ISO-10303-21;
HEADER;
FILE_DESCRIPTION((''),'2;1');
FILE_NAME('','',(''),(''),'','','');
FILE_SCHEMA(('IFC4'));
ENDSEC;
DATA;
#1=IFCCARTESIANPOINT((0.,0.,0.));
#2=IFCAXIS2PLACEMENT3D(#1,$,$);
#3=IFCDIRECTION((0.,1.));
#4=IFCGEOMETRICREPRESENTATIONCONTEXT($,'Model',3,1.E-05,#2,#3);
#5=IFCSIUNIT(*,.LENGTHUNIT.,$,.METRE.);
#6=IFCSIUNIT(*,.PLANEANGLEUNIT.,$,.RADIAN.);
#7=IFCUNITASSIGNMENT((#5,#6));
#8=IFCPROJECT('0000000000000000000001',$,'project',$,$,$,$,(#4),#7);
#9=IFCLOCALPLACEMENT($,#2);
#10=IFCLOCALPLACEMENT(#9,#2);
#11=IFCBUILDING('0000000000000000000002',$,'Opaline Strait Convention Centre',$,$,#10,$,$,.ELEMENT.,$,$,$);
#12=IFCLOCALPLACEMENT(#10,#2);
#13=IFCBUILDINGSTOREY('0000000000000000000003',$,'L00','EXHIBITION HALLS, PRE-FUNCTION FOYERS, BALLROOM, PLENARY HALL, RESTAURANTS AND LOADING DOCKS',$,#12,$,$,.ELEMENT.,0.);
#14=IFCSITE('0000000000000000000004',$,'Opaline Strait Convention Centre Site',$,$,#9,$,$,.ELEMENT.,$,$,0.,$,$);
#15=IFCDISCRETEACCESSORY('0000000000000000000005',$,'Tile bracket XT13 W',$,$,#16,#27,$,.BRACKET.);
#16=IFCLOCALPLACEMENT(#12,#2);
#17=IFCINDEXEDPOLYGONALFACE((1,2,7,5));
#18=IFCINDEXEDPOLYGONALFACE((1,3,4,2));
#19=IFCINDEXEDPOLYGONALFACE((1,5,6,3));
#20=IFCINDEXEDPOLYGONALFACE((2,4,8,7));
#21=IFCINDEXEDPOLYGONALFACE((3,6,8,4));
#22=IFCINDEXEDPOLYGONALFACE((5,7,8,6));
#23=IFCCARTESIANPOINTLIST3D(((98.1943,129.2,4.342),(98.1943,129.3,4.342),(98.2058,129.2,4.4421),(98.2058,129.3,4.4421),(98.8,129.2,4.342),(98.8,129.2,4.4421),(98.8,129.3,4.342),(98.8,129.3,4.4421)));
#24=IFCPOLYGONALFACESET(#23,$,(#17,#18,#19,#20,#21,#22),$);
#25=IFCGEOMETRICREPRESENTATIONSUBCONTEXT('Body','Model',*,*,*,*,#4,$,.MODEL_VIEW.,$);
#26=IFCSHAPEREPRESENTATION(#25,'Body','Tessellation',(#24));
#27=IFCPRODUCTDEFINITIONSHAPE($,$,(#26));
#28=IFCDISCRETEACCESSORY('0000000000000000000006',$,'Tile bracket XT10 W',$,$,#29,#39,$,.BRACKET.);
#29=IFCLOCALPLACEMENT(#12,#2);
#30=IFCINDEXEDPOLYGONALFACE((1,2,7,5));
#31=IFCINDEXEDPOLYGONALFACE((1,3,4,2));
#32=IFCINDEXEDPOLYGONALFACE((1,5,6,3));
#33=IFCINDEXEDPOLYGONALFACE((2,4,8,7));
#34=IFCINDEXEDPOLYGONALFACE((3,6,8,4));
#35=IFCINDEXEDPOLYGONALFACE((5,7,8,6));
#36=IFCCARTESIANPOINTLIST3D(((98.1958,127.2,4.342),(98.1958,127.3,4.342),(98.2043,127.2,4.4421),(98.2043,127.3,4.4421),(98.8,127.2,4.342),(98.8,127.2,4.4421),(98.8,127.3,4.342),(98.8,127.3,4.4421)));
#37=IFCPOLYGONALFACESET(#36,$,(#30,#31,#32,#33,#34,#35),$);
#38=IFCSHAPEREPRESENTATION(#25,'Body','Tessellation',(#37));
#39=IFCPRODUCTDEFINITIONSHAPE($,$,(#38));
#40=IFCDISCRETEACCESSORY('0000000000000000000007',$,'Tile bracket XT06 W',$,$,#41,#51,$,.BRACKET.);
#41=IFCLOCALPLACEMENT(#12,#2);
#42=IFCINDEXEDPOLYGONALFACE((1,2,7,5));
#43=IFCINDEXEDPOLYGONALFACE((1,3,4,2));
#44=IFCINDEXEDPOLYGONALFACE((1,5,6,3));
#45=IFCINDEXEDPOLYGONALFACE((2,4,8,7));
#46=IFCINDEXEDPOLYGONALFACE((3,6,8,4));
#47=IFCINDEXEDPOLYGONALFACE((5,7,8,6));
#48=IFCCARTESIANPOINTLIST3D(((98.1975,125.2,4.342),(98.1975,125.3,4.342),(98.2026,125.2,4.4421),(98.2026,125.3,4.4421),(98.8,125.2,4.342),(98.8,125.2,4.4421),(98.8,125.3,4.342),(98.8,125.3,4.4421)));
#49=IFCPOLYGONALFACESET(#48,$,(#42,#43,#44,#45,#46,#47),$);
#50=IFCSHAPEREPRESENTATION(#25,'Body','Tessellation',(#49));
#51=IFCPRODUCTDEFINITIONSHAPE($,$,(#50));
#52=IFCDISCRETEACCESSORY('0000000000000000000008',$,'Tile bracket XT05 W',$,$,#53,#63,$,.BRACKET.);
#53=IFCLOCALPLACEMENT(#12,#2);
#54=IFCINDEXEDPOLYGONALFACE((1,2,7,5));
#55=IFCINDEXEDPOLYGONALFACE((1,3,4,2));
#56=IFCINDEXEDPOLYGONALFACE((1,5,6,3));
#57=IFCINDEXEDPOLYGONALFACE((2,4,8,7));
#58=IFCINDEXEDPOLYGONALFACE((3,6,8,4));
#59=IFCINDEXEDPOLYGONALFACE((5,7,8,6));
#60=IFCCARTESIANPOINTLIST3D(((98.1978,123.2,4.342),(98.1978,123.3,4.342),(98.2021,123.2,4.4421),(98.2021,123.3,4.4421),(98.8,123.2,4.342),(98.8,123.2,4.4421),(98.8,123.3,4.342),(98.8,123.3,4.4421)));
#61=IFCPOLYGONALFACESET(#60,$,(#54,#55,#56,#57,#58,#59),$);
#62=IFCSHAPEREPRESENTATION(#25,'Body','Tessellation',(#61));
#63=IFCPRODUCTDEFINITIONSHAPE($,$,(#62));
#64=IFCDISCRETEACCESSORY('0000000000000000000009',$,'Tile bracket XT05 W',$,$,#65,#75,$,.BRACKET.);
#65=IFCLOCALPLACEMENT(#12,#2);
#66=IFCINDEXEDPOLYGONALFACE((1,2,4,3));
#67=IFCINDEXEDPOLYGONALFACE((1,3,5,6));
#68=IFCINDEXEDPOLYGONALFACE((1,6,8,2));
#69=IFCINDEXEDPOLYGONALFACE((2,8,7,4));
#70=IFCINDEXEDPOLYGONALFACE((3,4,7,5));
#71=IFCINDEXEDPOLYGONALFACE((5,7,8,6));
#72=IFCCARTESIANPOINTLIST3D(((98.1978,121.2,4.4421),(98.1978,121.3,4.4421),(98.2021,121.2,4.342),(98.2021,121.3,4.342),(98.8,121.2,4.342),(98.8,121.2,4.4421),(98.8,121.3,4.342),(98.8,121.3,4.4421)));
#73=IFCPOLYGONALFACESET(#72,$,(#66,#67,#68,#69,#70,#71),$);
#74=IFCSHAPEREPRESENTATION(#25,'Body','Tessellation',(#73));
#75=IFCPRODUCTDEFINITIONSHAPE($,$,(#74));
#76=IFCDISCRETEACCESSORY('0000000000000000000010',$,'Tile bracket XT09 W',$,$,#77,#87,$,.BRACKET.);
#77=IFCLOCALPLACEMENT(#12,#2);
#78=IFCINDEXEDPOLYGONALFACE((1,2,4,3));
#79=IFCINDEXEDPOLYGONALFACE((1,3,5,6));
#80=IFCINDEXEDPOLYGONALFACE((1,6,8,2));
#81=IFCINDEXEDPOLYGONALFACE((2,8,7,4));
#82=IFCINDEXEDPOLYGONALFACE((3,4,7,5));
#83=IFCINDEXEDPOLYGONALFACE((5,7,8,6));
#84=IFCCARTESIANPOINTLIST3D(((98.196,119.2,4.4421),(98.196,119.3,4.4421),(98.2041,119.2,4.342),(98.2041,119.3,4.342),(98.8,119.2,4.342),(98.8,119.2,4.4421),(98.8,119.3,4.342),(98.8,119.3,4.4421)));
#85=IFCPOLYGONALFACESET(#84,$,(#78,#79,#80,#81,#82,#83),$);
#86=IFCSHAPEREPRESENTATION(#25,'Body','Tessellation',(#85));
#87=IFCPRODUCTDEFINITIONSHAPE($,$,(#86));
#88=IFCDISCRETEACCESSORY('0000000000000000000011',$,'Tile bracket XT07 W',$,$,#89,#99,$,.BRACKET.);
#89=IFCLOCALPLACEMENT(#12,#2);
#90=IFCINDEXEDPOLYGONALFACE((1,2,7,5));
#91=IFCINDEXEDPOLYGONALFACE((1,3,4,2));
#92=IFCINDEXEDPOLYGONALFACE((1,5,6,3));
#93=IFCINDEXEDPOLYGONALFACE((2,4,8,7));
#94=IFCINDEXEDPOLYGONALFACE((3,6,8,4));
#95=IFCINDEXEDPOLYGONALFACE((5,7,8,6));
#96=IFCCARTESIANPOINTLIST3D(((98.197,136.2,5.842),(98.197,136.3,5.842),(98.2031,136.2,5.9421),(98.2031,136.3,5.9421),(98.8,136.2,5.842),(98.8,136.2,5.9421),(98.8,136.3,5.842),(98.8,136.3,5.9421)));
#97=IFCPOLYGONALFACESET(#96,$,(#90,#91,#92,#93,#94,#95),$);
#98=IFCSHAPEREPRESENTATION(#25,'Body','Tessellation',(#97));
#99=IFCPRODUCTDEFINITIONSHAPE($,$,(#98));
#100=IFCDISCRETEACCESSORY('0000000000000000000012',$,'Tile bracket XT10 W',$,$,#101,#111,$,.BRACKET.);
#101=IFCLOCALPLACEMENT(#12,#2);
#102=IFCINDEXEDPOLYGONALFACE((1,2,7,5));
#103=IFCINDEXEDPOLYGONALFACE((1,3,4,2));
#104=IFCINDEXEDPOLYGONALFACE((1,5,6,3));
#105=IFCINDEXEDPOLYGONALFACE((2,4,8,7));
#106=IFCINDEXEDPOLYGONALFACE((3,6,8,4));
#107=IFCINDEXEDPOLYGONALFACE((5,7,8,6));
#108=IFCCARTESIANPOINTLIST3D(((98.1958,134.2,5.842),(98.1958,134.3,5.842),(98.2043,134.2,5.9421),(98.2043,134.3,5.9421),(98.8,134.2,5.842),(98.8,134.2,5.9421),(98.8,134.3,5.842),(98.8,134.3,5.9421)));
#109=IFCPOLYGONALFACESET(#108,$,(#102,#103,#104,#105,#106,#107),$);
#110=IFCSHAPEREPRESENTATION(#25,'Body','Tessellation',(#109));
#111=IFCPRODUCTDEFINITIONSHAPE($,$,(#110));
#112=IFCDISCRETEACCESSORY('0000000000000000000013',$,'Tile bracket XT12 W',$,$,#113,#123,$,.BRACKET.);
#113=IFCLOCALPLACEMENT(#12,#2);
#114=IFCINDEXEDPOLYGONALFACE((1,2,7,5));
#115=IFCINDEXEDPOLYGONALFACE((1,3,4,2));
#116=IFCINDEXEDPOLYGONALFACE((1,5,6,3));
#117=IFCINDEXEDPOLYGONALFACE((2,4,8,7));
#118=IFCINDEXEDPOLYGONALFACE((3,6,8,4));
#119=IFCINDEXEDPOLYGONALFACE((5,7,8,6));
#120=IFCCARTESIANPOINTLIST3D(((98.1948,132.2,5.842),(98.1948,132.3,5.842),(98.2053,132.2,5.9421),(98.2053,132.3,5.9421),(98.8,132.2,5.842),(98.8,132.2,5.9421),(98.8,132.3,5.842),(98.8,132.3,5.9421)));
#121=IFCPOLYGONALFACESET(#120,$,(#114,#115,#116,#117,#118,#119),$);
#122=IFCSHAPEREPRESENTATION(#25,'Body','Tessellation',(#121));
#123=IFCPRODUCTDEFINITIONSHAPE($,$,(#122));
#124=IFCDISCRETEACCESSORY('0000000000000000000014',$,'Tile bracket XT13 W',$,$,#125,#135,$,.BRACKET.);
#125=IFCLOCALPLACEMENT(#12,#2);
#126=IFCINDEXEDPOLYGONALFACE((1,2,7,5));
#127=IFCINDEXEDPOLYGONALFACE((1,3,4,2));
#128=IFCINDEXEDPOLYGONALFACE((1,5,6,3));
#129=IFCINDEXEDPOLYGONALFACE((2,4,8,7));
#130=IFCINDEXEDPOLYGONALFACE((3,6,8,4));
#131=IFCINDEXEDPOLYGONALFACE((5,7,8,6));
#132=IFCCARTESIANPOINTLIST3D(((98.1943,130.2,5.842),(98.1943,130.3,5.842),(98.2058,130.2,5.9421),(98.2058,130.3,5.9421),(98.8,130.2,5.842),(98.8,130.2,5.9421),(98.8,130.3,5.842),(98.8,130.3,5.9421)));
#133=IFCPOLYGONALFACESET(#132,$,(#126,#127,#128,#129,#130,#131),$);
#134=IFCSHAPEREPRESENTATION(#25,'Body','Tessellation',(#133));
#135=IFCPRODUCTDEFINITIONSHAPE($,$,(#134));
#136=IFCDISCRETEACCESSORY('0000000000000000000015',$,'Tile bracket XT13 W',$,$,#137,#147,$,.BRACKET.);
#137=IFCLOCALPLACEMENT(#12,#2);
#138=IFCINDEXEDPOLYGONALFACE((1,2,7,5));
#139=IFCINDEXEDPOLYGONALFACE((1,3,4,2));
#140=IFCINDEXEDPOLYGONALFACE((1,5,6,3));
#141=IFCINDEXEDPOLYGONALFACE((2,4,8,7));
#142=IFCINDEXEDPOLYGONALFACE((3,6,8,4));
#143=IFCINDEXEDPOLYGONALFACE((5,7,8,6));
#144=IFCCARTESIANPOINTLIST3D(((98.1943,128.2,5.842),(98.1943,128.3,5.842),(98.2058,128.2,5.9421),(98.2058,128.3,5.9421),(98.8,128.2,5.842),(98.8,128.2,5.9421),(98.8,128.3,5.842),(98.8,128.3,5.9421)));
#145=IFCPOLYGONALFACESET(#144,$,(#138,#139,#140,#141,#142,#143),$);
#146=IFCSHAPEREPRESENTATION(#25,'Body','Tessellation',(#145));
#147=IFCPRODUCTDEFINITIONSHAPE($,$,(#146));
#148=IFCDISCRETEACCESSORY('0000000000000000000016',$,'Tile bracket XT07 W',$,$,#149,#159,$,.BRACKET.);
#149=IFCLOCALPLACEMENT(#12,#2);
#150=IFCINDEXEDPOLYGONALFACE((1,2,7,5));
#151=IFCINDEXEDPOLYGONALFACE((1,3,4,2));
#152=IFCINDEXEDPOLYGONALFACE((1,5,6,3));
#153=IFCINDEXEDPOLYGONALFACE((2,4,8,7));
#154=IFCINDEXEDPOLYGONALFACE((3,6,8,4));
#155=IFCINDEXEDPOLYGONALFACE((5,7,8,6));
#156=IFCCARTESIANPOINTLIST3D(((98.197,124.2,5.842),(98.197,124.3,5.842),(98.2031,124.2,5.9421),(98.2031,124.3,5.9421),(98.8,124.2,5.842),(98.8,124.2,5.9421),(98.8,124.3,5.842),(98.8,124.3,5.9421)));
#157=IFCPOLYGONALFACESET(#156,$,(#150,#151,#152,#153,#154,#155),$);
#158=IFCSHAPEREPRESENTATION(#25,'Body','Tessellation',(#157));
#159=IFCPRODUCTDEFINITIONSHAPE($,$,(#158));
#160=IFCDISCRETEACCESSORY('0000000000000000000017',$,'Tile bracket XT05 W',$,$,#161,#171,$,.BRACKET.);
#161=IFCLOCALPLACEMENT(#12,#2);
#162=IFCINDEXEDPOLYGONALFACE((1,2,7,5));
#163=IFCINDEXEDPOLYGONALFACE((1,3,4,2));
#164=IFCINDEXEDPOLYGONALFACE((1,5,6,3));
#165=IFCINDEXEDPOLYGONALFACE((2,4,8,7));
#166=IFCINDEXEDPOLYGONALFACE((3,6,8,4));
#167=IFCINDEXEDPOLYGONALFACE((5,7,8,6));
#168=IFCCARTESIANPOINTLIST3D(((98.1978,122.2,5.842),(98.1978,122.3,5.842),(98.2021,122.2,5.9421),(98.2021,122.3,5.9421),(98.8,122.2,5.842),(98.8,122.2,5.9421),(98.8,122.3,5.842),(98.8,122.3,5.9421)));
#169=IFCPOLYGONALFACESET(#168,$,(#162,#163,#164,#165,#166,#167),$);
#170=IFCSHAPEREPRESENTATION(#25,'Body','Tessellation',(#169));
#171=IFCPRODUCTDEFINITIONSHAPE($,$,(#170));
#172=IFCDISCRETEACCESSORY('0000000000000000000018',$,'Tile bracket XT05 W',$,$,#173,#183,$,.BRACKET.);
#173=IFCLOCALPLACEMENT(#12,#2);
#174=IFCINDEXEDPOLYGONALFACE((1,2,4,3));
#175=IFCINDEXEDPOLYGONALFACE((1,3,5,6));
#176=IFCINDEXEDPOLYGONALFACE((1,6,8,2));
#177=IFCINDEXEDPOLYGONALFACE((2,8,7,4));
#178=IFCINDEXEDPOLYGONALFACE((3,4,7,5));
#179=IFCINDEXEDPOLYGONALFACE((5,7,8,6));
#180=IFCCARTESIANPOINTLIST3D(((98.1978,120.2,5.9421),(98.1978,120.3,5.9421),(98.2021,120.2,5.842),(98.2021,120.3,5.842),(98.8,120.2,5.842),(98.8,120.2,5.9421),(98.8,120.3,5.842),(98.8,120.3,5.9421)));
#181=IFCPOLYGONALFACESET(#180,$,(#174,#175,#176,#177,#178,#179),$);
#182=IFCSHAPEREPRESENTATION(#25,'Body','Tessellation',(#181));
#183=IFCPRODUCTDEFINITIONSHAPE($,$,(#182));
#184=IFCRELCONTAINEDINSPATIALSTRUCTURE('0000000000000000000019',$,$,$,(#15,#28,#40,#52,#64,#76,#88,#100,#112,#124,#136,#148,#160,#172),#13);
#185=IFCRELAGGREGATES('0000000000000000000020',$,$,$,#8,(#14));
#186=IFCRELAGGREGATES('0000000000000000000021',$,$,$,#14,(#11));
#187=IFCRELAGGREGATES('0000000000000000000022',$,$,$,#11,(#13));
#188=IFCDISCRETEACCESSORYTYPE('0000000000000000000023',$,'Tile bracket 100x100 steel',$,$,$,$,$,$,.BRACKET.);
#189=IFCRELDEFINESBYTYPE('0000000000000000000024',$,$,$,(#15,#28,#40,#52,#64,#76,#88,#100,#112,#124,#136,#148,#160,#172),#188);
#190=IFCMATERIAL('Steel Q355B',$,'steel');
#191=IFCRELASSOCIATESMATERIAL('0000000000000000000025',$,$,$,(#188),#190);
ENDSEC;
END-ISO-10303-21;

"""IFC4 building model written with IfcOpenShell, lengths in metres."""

from ifc_helpers import new_model, si_unit, direction, frame, origin, place, context, subcontext, project, spatial, polyline, outline, extrude, material, type_object, element, save


model = new_model("IFC4")

# Units and contexts
model_context = context("Model", 3, precision=1e-05, world=origin(), true_north=direction((0.0, 1.0)))
body_context = subcontext(model_context, "Body", "Model", "MODEL_VIEW")
ifc_project = project(units=[si_unit("LENGTHUNIT", "METRE"), si_unit("PLANEANGLEUNIT", "RADIAN")], contexts=[model_context])

# Site, building, storey
site_placement = place(None, origin())
site = spatial("IfcSite", under=ifc_project, at=site_placement, Name="Opaline Strait Convention Centre Site", CompositionType="ELEMENT", RefElevation=0.0)
building_placement = place(site_placement, origin())
building = spatial("IfcBuilding", under=site, at=building_placement, Name="Opaline Strait Convention Centre", CompositionType="ELEMENT")
storey_placement = place(building_placement, origin())
storey = spatial("IfcBuildingStorey", under=building, at=storey_placement, Name="L00", Description="EXHIBITION HALLS, PRE-FUNCTION FOYERS, BALLROOM, PLENARY HALL, RESTAURANTS AND LOADING DOCKS", CompositionType="ELEMENT", Elevation=0.0)

# Shared definitions
ifc_material_1 = material(Name="Steel Q355B", Category="steel")

# Discrete accessories
discrete_accessory_type = type_object("IfcDiscreteAccessoryType", Name="Tile bracket 100x100 steel", PredefinedType="BRACKET", material=ifc_material_1)
for number, where, z_axis, x_axis, name in (
    (1, (98.8, 129.3, 4.3921), (0.0, -1.0, 0.0), (1.0, 0.0, 0.0), "Tile bracket XT13 W"),
):
    element("IfcDiscreteAccessory", number, at=place(storey_placement, frame(where, z_axis=z_axis, x_axis=x_axis)), inside=storey, type_object=discrete_accessory_type, Name=name, PredefinedType="BRACKET", context=body_context, shape_type="SweptSolid", body=[
        extrude(outline(polyline([(0.0, -0.05), (0.0, 0.05), (-0.5942, 0.05), (-0.6057, -0.05), (0.0, -0.05)])), origin(), (0.0, 0.0, 1.0), 0.1001),
    ])
discrete_accessory_1_placement = place(storey_placement, frame((98.8, 127.3, 4.3921), z_axis=(0.0, -1.0, 0.0), x_axis=(1.0, 0.0, 0.0)))
element("IfcDiscreteAccessory", 2, at=discrete_accessory_1_placement, inside=storey, type_object=discrete_accessory_type, Name="Tile bracket XT10 W", PredefinedType="BRACKET", context=body_context, shape_type="SweptSolid", body=[
    extrude(outline(polyline([(0.0, -0.05), (0.0, 0.05), (-0.5957, 0.05), (-0.6042, -0.05), (0.0, -0.05)])), origin(), (0.0, 0.0, 1.0), 0.1001),
])
discrete_accessory_2_placement = place(storey_placement, frame((98.8, 125.3, 4.3921), z_axis=(0.0, -1.0, 0.0), x_axis=(1.0, 0.0, 0.0)))
element("IfcDiscreteAccessory", 3, at=discrete_accessory_2_placement, inside=storey, type_object=discrete_accessory_type, Name="Tile bracket XT06 W", PredefinedType="BRACKET", context=body_context, shape_type="SweptSolid", body=[
    extrude(outline(polyline([(0.0, -0.05), (0.0, 0.05), (-0.5974, 0.05), (-0.6025, -0.05), (0.0, -0.05)])), origin(), (0.0, 0.0, 1.0), 0.1001),
])
discrete_accessory_3_placement = place(storey_placement, frame((98.8, 123.3, 4.3921), z_axis=(0.0, -1.0, 0.0), x_axis=(1.0, 0.0, 0.0)))
element("IfcDiscreteAccessory", 4, at=discrete_accessory_3_placement, inside=storey, type_object=discrete_accessory_type, Name="Tile bracket XT05 W", PredefinedType="BRACKET", context=body_context, shape_type="SweptSolid", body=[
    extrude(outline(polyline([(0.0, -0.05), (0.0, 0.05), (-0.5979, 0.05), (-0.6023, -0.05), (0.0, -0.05)])), origin(), (0.0, 0.0, 1.0), 0.1001),
])
discrete_accessory_4_placement = place(storey_placement, frame((98.8, 121.3, 4.3921), z_axis=(0.0, -1.0, 0.0), x_axis=(1.0, 0.0, 0.0)))
element("IfcDiscreteAccessory", 5, at=discrete_accessory_4_placement, inside=storey, type_object=discrete_accessory_type, Name="Tile bracket XT05 W", PredefinedType="BRACKET", context=body_context, shape_type="SweptSolid", body=[
    extrude(outline(polyline([(0.0, -0.05), (0.0, 0.05), (-0.6023, 0.05), (-0.5979, -0.05), (0.0, -0.05)])), origin(), (0.0, 0.0, 1.0), 0.1001),
])
discrete_accessory_5_placement = place(storey_placement, frame((98.8, 119.3, 4.3921), z_axis=(0.0, -1.0, 0.0), x_axis=(1.0, 0.0, 0.0)))
element("IfcDiscreteAccessory", 6, at=discrete_accessory_5_placement, inside=storey, type_object=discrete_accessory_type, Name="Tile bracket XT09 W", PredefinedType="BRACKET", context=body_context, shape_type="SweptSolid", body=[
    extrude(outline(polyline([(0.0, -0.05), (0.0, 0.05), (-0.604, 0.05), (-0.5959, -0.05), (0.0, -0.05)])), origin(), (0.0, 0.0, 1.0), 0.1001),
])
discrete_accessory_6_placement = place(storey_placement, frame((98.8, 136.3, 5.8921), z_axis=(0.0, -1.0, 0.0), x_axis=(1.0, 0.0, 0.0)))
element("IfcDiscreteAccessory", 7, at=discrete_accessory_6_placement, inside=storey, type_object=discrete_accessory_type, Name="Tile bracket XT07 W", PredefinedType="BRACKET", context=body_context, shape_type="SweptSolid", body=[
    extrude(outline(polyline([(0.0, -0.05), (0.0, 0.05), (-0.5969, 0.05), (-0.603, -0.05), (0.0, -0.05)])), origin(), (0.0, 0.0, 1.0), 0.1001),
])
discrete_accessory_7_placement = place(storey_placement, frame((98.8, 134.3, 5.8921), z_axis=(0.0, -1.0, 0.0), x_axis=(1.0, 0.0, 0.0)))
element("IfcDiscreteAccessory", 8, at=discrete_accessory_7_placement, inside=storey, type_object=discrete_accessory_type, Name="Tile bracket XT10 W", PredefinedType="BRACKET", context=body_context, shape_type="SweptSolid", body=[
    extrude(outline(polyline([(0.0, -0.05), (0.0, 0.05), (-0.5957, 0.05), (-0.6042, -0.05), (0.0, -0.05)])), origin(), (0.0, 0.0, 1.0), 0.1001),
])
discrete_accessory_8_placement = place(storey_placement, frame((98.8, 132.3, 5.8921), z_axis=(0.0, -1.0, 0.0), x_axis=(1.0, 0.0, 0.0)))
element("IfcDiscreteAccessory", 9, at=discrete_accessory_8_placement, inside=storey, type_object=discrete_accessory_type, Name="Tile bracket XT12 W", PredefinedType="BRACKET", context=body_context, shape_type="SweptSolid", body=[
    extrude(outline(polyline([(0.0, -0.05), (0.0, 0.05), (-0.5947, 0.05), (-0.6052, -0.05), (0.0, -0.05)])), origin(), (0.0, 0.0, 1.0), 0.1001),
])
for number, where, z_axis, x_axis, name in (
    (10, (98.8, 130.3, 5.8921), (0.0, -1.0, 0.0), (1.0, 0.0, 0.0), "Tile bracket XT13 W"),
    (11, (98.8, 128.3, 5.8921), (0.0, -1.0, 0.0), (1.0, 0.0, 0.0), "Tile bracket XT13 W"),
):
    element("IfcDiscreteAccessory", number, at=place(storey_placement, frame(where, z_axis=z_axis, x_axis=x_axis)), inside=storey, type_object=discrete_accessory_type, Name=name, PredefinedType="BRACKET", context=body_context, shape_type="SweptSolid", body=[
        extrude(outline(polyline([(0.0, -0.05), (0.0, 0.05), (-0.5942, 0.05), (-0.6057, -0.05), (0.0, -0.05)])), origin(), (0.0, 0.0, 1.0), 0.1001),
    ])
discrete_accessory_9_placement = place(storey_placement, frame((98.8, 124.3, 5.8921), z_axis=(0.0, -1.0, 0.0), x_axis=(1.0, 0.0, 0.0)))
element("IfcDiscreteAccessory", 12, at=discrete_accessory_9_placement, inside=storey, type_object=discrete_accessory_type, Name="Tile bracket XT07 W", PredefinedType="BRACKET", context=body_context, shape_type="SweptSolid", body=[
    extrude(outline(polyline([(0.0, -0.05), (0.0, 0.05), (-0.5969, 0.05), (-0.603, -0.05), (0.0, -0.05)])), origin(), (0.0, 0.0, 1.0), 0.1001),
])
discrete_accessory_10_placement = place(storey_placement, frame((98.8, 122.3, 5.8921), z_axis=(0.0, -1.0, 0.0), x_axis=(1.0, 0.0, 0.0)))
element("IfcDiscreteAccessory", 13, at=discrete_accessory_10_placement, inside=storey, type_object=discrete_accessory_type, Name="Tile bracket XT05 W", PredefinedType="BRACKET", context=body_context, shape_type="SweptSolid", body=[
    extrude(outline(polyline([(0.0, -0.05), (0.0, 0.05), (-0.5979, 0.05), (-0.6023, -0.05), (0.0, -0.05)])), origin(), (0.0, 0.0, 1.0), 0.1001),
])
discrete_accessory_11_placement = place(storey_placement, frame((98.8, 120.3, 5.8921), z_axis=(0.0, -1.0, 0.0), x_axis=(1.0, 0.0, 0.0)))
element("IfcDiscreteAccessory", 14, at=discrete_accessory_11_placement, inside=storey, type_object=discrete_accessory_type, Name="Tile bracket XT05 W", PredefinedType="BRACKET", context=body_context, shape_type="SweptSolid", body=[
    extrude(outline(polyline([(0.0, -0.05), (0.0, 0.05), (-0.6023, 0.05), (-0.5979, -0.05), (0.0, -0.05)])), origin(), (0.0, 0.0, 1.0), 0.1001),
])

save(model, "model.ifc")
